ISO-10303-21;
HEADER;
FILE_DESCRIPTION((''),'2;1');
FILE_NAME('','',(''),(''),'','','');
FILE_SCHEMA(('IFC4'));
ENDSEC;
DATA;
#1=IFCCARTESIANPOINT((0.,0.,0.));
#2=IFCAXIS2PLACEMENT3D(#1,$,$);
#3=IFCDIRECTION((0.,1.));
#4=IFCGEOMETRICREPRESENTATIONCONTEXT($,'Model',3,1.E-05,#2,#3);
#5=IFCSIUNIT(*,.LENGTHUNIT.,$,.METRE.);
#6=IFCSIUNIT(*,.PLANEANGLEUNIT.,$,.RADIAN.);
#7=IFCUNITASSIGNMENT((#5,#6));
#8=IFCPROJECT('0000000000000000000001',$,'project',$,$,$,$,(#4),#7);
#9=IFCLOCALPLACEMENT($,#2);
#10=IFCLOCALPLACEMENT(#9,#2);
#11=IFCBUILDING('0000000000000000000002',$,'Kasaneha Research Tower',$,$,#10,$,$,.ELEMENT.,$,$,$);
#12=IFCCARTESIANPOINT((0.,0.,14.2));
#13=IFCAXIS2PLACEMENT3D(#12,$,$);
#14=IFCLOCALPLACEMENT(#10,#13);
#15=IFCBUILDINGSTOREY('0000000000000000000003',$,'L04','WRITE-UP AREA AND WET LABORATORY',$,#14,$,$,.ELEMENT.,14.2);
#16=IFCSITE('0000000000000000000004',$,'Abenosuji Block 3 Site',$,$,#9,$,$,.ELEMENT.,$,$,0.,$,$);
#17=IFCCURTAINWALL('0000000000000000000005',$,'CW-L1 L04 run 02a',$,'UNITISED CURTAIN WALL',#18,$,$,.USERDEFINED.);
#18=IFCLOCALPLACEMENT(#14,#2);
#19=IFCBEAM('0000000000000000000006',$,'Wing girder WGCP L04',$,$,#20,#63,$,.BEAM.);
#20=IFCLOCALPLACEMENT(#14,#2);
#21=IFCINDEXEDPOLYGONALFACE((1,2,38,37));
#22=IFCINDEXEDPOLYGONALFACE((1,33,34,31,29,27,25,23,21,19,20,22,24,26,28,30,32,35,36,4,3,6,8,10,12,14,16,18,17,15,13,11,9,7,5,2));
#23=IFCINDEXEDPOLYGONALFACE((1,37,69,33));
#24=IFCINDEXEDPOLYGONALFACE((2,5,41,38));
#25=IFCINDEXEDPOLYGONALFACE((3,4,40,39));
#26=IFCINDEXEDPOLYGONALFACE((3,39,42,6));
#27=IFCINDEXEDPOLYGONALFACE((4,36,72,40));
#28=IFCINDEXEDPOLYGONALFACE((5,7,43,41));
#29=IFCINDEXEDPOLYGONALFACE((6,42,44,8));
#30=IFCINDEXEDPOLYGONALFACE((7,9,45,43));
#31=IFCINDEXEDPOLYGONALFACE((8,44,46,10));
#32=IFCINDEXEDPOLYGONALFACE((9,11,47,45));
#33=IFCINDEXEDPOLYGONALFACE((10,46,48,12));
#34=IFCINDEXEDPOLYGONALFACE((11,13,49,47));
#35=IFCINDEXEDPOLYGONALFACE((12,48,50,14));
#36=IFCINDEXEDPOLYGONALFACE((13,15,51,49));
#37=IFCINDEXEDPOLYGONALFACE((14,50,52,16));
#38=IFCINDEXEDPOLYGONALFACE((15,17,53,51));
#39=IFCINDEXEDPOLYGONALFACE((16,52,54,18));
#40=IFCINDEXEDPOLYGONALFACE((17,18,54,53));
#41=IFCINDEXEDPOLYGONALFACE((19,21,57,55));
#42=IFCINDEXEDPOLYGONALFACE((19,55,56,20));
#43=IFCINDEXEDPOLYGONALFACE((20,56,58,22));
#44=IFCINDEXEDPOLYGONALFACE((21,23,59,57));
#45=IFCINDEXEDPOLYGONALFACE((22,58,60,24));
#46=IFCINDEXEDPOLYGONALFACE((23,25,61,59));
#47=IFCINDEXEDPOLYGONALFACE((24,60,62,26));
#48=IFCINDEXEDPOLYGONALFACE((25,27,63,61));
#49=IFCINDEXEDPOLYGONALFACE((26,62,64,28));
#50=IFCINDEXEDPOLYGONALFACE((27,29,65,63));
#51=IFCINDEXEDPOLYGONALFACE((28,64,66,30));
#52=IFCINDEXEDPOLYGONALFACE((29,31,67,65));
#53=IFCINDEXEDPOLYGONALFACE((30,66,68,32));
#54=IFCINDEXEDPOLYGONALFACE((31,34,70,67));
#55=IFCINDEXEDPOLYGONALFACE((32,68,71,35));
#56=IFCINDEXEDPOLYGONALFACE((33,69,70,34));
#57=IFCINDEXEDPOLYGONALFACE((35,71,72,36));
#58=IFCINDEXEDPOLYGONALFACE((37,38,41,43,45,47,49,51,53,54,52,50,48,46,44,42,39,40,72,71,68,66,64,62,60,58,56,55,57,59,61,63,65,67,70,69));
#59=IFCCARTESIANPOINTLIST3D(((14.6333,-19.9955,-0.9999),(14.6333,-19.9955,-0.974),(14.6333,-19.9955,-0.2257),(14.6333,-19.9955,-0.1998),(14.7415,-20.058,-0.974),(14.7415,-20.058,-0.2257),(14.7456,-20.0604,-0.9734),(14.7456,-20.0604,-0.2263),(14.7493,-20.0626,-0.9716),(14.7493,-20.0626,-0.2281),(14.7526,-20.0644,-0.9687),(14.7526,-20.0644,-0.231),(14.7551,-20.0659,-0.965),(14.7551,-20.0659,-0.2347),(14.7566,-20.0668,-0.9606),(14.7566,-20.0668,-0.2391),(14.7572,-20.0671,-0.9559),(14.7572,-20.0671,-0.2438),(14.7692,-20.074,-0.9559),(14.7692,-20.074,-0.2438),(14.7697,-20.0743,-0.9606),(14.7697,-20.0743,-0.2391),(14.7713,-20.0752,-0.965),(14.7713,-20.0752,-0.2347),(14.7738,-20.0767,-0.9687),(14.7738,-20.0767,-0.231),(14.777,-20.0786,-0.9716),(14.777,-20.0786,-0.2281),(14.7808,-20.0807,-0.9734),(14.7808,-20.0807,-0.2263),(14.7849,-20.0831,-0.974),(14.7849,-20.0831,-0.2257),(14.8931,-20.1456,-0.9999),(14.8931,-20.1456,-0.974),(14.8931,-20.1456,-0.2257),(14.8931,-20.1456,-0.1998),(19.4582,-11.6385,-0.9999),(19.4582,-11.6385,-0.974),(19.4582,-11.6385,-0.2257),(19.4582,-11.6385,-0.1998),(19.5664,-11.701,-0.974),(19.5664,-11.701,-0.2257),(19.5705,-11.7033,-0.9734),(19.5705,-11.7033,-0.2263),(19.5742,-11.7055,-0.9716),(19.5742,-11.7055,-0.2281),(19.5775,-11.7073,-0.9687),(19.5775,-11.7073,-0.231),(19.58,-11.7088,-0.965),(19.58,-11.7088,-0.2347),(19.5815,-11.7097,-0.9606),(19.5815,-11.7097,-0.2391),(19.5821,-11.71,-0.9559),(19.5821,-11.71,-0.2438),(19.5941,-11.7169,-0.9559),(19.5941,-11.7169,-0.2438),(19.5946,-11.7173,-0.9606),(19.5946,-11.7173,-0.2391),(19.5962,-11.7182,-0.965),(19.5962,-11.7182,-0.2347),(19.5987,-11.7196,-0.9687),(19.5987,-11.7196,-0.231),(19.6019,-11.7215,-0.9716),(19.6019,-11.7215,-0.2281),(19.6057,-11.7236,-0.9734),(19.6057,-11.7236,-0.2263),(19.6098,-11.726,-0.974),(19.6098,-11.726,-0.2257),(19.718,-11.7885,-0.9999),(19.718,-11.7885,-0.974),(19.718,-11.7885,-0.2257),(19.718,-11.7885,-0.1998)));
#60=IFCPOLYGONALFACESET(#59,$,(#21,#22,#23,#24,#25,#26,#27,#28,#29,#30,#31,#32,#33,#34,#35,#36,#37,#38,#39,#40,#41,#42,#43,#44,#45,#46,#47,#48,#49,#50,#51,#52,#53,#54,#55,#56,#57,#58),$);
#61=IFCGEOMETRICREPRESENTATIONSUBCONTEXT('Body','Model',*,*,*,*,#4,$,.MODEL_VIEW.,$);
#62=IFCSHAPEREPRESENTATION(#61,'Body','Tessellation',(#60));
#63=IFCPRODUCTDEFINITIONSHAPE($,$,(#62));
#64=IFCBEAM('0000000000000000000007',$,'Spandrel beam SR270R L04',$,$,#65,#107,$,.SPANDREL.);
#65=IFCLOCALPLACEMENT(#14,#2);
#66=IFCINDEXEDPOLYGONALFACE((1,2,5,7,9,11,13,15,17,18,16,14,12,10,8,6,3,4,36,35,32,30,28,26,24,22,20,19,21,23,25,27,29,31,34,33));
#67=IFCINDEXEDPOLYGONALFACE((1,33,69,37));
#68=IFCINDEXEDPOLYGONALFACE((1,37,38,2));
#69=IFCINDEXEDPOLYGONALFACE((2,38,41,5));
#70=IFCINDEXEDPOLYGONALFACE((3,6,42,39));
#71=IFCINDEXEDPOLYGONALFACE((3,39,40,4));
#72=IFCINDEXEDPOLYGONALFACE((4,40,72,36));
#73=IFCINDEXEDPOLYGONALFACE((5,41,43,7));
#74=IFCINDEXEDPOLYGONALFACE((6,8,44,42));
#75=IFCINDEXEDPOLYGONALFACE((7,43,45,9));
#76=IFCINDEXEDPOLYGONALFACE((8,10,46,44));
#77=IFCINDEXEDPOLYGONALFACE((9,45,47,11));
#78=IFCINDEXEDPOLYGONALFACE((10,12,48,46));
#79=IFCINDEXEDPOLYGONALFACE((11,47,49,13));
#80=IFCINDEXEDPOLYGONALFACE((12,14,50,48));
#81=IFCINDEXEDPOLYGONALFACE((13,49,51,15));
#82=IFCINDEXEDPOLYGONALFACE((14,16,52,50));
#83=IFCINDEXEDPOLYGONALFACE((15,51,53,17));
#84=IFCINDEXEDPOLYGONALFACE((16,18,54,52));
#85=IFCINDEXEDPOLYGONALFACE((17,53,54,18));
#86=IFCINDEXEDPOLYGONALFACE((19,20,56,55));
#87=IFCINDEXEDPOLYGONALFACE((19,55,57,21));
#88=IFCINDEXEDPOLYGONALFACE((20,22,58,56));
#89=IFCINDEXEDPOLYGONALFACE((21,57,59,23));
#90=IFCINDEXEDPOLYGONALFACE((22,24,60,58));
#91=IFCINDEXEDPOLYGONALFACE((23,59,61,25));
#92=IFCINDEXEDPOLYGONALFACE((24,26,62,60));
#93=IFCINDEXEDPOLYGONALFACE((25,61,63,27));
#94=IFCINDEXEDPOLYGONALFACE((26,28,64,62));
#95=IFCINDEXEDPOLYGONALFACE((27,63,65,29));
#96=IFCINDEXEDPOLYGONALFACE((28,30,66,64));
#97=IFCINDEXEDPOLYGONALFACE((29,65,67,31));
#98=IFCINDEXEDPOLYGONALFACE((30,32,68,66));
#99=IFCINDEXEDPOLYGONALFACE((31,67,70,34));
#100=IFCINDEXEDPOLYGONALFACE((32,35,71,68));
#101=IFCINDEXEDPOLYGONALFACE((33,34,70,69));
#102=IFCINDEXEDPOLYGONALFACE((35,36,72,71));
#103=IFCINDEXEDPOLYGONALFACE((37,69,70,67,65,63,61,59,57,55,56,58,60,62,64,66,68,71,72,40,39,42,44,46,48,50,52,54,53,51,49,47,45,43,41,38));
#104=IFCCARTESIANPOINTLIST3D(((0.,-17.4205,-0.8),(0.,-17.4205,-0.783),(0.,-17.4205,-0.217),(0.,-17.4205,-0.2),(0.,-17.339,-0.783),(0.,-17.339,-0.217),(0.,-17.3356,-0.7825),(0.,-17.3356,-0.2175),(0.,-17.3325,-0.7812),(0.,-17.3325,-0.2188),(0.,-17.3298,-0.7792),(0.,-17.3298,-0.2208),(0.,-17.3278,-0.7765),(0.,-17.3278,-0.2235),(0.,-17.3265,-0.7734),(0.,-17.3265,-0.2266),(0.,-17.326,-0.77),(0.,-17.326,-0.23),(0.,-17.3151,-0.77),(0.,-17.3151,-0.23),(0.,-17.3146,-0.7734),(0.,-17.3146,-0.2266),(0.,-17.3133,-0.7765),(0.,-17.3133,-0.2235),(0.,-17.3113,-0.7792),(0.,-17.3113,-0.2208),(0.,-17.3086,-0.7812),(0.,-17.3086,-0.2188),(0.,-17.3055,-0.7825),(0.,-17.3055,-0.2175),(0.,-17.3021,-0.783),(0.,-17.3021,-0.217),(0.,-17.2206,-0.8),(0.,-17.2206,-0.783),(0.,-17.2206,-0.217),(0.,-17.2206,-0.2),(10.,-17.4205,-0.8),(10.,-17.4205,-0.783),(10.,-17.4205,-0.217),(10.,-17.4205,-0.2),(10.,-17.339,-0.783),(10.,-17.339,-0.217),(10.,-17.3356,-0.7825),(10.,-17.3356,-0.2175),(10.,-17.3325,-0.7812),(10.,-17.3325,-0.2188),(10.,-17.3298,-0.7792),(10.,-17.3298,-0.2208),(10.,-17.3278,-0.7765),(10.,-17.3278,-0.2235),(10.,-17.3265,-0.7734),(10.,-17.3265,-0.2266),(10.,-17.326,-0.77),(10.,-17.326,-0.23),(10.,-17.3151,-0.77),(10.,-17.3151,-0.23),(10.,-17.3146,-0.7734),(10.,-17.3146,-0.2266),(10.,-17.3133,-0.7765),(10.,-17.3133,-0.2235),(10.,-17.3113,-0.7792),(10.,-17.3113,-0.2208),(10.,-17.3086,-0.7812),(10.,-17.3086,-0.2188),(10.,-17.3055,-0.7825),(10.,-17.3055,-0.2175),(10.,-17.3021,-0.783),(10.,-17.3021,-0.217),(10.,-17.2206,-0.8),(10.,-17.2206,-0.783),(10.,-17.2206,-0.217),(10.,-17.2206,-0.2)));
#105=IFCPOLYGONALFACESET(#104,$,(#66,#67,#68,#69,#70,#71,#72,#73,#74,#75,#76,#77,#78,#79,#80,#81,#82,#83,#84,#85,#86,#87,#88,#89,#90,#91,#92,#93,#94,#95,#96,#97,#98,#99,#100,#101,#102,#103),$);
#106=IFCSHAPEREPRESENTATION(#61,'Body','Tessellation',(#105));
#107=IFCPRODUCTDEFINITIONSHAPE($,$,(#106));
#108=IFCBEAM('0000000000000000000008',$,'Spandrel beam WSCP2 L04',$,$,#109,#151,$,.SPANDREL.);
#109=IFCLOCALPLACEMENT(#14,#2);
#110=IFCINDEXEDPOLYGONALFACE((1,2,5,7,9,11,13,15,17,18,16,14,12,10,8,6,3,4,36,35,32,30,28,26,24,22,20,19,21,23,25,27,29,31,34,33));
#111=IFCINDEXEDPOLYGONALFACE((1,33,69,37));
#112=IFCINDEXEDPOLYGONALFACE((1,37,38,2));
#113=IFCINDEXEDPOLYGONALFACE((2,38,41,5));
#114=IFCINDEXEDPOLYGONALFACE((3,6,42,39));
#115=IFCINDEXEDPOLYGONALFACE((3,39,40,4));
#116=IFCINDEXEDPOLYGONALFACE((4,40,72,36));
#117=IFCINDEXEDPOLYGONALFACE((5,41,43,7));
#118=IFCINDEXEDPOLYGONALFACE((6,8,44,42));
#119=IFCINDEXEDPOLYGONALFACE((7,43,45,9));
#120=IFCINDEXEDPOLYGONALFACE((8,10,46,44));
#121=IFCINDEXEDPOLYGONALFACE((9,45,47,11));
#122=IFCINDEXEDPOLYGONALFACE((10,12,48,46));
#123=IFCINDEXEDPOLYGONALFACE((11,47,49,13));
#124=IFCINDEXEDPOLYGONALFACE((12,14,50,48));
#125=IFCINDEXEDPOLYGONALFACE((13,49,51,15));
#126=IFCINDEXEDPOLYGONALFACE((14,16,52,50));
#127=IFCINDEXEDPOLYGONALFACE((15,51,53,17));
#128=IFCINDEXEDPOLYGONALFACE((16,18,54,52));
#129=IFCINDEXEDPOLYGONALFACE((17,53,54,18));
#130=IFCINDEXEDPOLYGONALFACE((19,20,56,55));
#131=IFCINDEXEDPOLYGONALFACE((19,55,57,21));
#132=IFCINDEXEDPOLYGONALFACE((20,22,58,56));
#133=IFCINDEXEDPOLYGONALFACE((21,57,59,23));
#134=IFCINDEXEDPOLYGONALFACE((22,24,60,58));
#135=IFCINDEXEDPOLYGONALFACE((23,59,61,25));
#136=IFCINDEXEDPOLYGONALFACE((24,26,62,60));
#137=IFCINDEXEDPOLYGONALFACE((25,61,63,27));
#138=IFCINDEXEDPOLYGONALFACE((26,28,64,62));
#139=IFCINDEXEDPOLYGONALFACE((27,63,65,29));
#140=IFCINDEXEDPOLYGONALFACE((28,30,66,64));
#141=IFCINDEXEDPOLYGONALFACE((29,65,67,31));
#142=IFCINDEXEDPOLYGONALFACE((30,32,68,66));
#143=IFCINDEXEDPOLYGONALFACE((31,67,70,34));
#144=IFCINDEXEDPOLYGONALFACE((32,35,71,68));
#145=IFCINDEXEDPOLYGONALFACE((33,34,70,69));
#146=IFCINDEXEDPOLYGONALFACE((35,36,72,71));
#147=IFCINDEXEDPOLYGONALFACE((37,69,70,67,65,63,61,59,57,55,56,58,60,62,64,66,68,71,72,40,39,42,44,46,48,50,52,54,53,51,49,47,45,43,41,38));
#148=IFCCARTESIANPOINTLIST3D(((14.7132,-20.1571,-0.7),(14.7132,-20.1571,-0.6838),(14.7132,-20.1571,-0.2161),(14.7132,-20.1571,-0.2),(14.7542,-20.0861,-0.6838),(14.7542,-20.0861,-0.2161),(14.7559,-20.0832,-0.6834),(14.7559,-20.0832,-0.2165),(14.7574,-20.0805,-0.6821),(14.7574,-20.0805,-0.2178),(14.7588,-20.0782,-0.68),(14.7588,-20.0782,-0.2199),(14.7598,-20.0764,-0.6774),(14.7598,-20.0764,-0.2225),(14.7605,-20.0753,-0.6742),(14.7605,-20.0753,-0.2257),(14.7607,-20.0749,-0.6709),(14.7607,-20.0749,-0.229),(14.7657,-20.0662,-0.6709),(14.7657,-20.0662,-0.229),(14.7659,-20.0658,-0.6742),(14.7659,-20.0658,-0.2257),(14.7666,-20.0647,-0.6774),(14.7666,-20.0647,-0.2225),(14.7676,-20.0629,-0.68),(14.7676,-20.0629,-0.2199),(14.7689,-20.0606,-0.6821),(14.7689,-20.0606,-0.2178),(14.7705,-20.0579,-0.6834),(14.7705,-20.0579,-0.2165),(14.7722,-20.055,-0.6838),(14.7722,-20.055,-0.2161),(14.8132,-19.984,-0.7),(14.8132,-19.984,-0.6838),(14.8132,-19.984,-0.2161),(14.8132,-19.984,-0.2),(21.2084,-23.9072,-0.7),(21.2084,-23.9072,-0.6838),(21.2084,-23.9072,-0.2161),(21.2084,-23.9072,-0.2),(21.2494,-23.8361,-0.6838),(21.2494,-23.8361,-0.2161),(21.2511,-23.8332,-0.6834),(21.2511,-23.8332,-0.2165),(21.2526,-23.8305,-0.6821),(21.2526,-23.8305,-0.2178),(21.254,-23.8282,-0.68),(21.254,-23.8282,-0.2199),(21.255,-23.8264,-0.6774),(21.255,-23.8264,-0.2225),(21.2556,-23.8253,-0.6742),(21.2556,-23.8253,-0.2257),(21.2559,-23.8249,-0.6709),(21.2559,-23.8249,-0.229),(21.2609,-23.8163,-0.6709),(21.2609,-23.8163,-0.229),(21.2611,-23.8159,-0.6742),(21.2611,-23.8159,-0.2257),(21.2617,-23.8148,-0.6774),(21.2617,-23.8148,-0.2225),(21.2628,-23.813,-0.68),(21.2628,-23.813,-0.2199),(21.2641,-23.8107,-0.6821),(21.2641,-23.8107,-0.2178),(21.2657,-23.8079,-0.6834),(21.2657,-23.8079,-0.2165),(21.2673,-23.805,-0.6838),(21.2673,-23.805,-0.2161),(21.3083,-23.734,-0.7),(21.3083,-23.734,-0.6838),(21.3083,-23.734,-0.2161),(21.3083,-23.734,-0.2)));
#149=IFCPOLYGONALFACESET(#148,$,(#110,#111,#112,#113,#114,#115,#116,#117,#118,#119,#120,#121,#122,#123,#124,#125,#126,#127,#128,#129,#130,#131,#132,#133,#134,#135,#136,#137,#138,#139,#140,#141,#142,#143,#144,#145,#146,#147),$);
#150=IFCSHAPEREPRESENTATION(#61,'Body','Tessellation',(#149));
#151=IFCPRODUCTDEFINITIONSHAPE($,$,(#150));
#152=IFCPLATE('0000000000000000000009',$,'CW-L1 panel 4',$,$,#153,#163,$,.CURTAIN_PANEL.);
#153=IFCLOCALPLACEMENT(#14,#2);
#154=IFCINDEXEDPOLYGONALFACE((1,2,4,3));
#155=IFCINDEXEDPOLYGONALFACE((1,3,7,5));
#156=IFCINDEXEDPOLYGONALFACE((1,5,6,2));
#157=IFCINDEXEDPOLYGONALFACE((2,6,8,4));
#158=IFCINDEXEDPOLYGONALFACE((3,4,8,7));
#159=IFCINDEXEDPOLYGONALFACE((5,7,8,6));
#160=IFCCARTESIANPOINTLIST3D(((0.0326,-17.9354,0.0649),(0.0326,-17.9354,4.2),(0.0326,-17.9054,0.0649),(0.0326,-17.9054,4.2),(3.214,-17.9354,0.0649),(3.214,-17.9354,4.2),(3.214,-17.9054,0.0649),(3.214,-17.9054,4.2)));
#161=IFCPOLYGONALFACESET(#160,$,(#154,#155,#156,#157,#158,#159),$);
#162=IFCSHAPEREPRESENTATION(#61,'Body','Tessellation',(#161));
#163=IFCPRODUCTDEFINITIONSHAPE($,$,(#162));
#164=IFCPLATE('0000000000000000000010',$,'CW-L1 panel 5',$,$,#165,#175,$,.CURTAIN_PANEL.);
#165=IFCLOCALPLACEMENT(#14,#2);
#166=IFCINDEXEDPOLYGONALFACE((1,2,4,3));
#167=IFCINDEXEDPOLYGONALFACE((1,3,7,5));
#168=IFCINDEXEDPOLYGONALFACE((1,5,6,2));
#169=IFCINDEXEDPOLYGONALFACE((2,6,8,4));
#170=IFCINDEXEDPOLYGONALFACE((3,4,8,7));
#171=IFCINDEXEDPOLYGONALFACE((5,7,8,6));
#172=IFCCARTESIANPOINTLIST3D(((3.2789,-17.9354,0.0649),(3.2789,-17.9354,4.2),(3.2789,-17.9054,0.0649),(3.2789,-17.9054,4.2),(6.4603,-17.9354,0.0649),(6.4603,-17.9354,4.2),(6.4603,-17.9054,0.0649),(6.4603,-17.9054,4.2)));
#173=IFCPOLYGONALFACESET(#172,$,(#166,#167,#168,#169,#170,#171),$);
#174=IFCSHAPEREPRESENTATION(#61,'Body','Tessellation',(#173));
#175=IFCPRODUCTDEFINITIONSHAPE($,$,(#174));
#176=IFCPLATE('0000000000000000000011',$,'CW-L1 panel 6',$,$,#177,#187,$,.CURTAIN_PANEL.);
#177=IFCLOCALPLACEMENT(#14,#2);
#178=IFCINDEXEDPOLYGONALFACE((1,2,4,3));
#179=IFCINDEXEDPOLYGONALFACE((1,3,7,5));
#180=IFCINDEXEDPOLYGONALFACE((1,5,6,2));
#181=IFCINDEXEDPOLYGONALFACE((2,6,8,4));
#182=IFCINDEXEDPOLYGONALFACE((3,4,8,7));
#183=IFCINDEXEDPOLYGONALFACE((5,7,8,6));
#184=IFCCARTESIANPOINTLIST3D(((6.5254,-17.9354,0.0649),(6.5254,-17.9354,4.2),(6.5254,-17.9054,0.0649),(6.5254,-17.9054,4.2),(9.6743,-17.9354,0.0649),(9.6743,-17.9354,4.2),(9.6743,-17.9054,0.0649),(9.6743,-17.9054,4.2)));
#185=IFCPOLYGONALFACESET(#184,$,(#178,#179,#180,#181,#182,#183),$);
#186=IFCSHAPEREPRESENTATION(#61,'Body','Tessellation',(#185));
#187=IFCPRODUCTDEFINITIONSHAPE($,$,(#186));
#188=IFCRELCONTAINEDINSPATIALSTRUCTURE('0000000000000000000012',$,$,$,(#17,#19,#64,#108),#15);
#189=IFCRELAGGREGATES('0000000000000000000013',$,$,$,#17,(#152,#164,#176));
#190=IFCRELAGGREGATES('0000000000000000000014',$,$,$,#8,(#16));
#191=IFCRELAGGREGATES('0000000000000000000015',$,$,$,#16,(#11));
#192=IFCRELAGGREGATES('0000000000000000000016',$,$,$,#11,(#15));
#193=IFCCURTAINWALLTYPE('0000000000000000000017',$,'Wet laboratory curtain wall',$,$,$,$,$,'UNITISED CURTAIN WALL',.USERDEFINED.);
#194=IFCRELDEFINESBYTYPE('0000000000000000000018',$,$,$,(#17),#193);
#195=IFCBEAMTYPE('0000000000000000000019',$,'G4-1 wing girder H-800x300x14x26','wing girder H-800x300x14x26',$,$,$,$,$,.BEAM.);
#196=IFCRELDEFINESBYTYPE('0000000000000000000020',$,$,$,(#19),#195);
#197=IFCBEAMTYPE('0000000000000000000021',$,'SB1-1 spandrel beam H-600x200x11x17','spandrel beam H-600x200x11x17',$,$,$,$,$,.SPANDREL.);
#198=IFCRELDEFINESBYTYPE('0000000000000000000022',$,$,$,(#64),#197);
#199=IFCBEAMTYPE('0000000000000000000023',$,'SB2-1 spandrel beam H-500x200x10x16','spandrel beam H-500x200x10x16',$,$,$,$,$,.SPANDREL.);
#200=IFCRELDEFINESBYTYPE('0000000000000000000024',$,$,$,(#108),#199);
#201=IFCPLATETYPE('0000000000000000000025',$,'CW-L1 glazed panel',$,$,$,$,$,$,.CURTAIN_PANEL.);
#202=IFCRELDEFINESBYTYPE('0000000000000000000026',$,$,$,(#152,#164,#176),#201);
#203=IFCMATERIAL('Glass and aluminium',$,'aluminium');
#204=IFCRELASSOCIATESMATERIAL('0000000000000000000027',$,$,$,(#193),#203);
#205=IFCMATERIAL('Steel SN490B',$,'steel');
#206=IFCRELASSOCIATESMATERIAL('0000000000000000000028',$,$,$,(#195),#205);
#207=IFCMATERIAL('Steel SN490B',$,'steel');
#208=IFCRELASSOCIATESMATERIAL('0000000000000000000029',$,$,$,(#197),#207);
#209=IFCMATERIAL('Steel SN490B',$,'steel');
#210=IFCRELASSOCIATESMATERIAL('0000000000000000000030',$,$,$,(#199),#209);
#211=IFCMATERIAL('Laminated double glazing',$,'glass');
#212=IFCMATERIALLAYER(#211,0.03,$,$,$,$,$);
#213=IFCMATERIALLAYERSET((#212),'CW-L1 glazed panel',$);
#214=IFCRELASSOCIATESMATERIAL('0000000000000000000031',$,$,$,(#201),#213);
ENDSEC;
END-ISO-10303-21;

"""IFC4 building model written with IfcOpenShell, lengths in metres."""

from ifc_helpers import new_model, si_unit, direction, frame, origin, origin_2d, place, context, subcontext, project, spatial, rectangle, i_section, extrude, material, layer, layer_set, material_profile, profile_set, type_object, element, aggregate, save


model = new_model("IFC4")

# Units and contexts
model_context = context("Model", 3, precision=1e-05, world=origin(), true_north=direction((0.0, 1.0)))
body_context = subcontext(model_context, "Body", "Model", "MODEL_VIEW")
ifc_project = project(units=[si_unit("LENGTHUNIT", "METRE"), si_unit("PLANEANGLEUNIT", "RADIAN")], contexts=[model_context])

# Site, building, storey
site_placement = place(None, origin())
site = spatial("IfcSite", under=ifc_project, at=site_placement, Name="Abenosuji Block 3 Site", CompositionType="ELEMENT", RefElevation=0.0)
building_placement = place(site_placement, origin())
building = spatial("IfcBuilding", under=site, at=building_placement, Name="Kasaneha Research Tower", CompositionType="ELEMENT")
storey_placement = place(building_placement, frame((0.0, 0.0, 14.2)))
storey = spatial("IfcBuildingStorey", under=building, at=storey_placement, Name="L04", Description="WRITE-UP AREA AND WET LABORATORY", CompositionType="ELEMENT", Elevation=14.2)

# Curtain wall
ifc_material_1 = material(Name="Glass and aluminium", Category="aluminium")
curtain_wall_type = type_object("IfcCurtainWallType", Name="Wet laboratory curtain wall", ElementType="UNITISED CURTAIN WALL", PredefinedType="USERDEFINED", material=ifc_material_1)
curtain_wall_1_placement = place(storey_placement, origin())
curtain_wall_1 = element("IfcCurtainWall", 1, at=curtain_wall_1_placement, inside=storey, type_object=curtain_wall_type, Name="CW-L1 L04 run 02a", ObjectType="UNITISED CURTAIN WALL", PredefinedType="USERDEFINED")

# Beams
ifc_material_2 = material(Name="Steel SN490B", Category="steel")
ifc_material_profile_1 = material_profile(ifc_material_2, i_section(OverallWidth=0.3, OverallDepth=0.8, WebThickness=0.0139, FlangeThickness=0.0259, FilletRadius=0.0181, at=origin_2d()), Name="H-800x300x14x26")
ifc_profile_set_1 = profile_set([ifc_material_profile_1], Name="Steel SN490B")
beam_type_1 = type_object("IfcBeamType", Name="G4-1 wing girder H-800x300x14x26", Description="wing girder H-800x300x14x26", PredefinedType="BEAM", material=ifc_profile_set_1)
beam_1_placement = place(storey_placement, frame((14.7632, -20.0706, -0.5999), z_axis=(0.499995, 0.866028, 0.0), x_axis=(-0.866028, 0.499995, 0.0)))
element("IfcBeam", 2, at=beam_1_placement, inside=storey, type_object=beam_type_1, Name="Wing girder WGCP L04", PredefinedType="BEAM", context=body_context, shape_type="SweptSolid", body=[
    extrude(i_section(OverallWidth=0.3, OverallDepth=0.8, WebThickness=0.0139, FlangeThickness=0.0259, FilletRadius=0.0181, at=origin_2d()), origin(), (0.0, 0.0, 1.0), 9.6499),
])
ifc_material_3 = material(Name="Steel SN490B", Category="steel")
ifc_material_profile_2 = material_profile(ifc_material_3, i_section(OverallWidth=0.2, OverallDepth=0.6001, WebThickness=0.011, FlangeThickness=0.0171, FilletRadius=0.0129, at=origin_2d()), Name="H-600x200x11x17")
ifc_profile_set_2 = profile_set([ifc_material_profile_2], Name="Steel SN490B")
beam_type_2 = type_object("IfcBeamType", Name="SB1-1 spandrel beam H-600x200x11x17", Description="spandrel beam H-600x200x11x17", PredefinedType="SPANDREL", material=ifc_profile_set_2)
beam_2_placement = place(storey_placement, frame((10.0, -17.3206, -0.5), z_axis=(-1.0, 0.0, 0.0), x_axis=(0.0, -1.0, 0.0)))
element("IfcBeam", 3, at=beam_2_placement, inside=storey, type_object=beam_type_2, Name="Spandrel beam SR270R L04", PredefinedType="SPANDREL", context=body_context, shape_type="SweptSolid", body=[
    extrude(i_section(OverallWidth=0.2, OverallDepth=0.6001, WebThickness=0.011, FlangeThickness=0.0171, FilletRadius=0.0129, at=origin_2d()), origin(), (0.0, 0.0, 1.0), 10.0),
])
ifc_material_4 = material(Name="Steel SN490B", Category="steel")
ifc_material_profile_3 = material_profile(ifc_material_4, i_section(OverallWidth=0.2, OverallDepth=0.5, WebThickness=0.01, FlangeThickness=0.0161, FilletRadius=0.0129, at=origin_2d()), Name="H-500x200x10x16")
ifc_profile_set_3 = profile_set([ifc_material_profile_3], Name="Steel SN490B")
beam_type_3 = type_object("IfcBeamType", Name="SB2-1 spandrel beam H-500x200x10x16", Description="spandrel beam H-500x200x10x16", PredefinedType="SPANDREL", material=ifc_profile_set_3)
beam_3_placement = place(storey_placement, frame((14.7632, -20.0706, -0.45), z_axis=(0.866023, -0.500004, 0.0), x_axis=(0.500004, 0.866023, 0.0)))
element("IfcBeam", 4, at=beam_3_placement, inside=storey, type_object=beam_type_3, Name="Spandrel beam WSCP2 L04", PredefinedType="SPANDREL", context=body_context, shape_type="SweptSolid", body=[
    extrude(i_section(OverallWidth=0.2, OverallDepth=0.5, WebThickness=0.01, FlangeThickness=0.0161, FilletRadius=0.0129, at=origin_2d()), origin(), (0.0, 0.0, 1.0), 7.5),
])

# Plates
ifc_material_5 = material(Name="Laminated double glazing", Category="glass")
ifc_layer_1 = layer(ifc_material_5, 0.03)
ifc_layer_set_1 = layer_set([ifc_layer_1], Name="CW-L1 glazed panel")
plate_type = type_object("IfcPlateType", Name="CW-L1 glazed panel", PredefinedType="CURTAIN_PANEL", material=ifc_layer_set_1)
plate_1_placement = place(storey_placement, frame((1.6233, -17.9204, 0.0649), z_axis=(0.0, 0.0, 1.0), x_axis=(1.0, 0.0, 0.0)))
plate_1 = element("IfcPlate", 5, at=plate_1_placement, type_object=plate_type, Name="CW-L1 panel 4", PredefinedType="CURTAIN_PANEL", context=body_context, shape_type="SweptSolid", body=[
    extrude(rectangle(XDim=3.1814, YDim=0.03, at=origin_2d()), origin(), (0.0, 0.0, 1.0), 4.135),
])
plate_2_placement = place(storey_placement, frame((4.8696, -17.9204, 0.0649), z_axis=(0.0, 0.0, 1.0), x_axis=(1.0, 0.0, 0.0)))
plate_2 = element("IfcPlate", 6, at=plate_2_placement, type_object=plate_type, Name="CW-L1 panel 5", PredefinedType="CURTAIN_PANEL", context=body_context, shape_type="SweptSolid", body=[
    extrude(rectangle(XDim=3.1814, YDim=0.03, at=origin_2d()), origin(), (0.0, 0.0, 1.0), 4.135),
])
plate_3_placement = place(storey_placement, frame((8.0999, -17.9204, 0.0649), z_axis=(0.0, 0.0, 1.0), x_axis=(1.0, 0.0, 0.0)))
plate_3 = element("IfcPlate", 7, at=plate_3_placement, type_object=plate_type, Name="CW-L1 panel 6", PredefinedType="CURTAIN_PANEL", context=body_context, shape_type="SweptSolid", body=[
    extrude(rectangle(XDim=3.1489, YDim=0.03, at=origin_2d()), origin(), (0.0, 0.0, 1.0), 4.135),
])
aggregate(curtain_wall_1, [plate_1, plate_2, plate_3])

save(model, "model.ifc")
